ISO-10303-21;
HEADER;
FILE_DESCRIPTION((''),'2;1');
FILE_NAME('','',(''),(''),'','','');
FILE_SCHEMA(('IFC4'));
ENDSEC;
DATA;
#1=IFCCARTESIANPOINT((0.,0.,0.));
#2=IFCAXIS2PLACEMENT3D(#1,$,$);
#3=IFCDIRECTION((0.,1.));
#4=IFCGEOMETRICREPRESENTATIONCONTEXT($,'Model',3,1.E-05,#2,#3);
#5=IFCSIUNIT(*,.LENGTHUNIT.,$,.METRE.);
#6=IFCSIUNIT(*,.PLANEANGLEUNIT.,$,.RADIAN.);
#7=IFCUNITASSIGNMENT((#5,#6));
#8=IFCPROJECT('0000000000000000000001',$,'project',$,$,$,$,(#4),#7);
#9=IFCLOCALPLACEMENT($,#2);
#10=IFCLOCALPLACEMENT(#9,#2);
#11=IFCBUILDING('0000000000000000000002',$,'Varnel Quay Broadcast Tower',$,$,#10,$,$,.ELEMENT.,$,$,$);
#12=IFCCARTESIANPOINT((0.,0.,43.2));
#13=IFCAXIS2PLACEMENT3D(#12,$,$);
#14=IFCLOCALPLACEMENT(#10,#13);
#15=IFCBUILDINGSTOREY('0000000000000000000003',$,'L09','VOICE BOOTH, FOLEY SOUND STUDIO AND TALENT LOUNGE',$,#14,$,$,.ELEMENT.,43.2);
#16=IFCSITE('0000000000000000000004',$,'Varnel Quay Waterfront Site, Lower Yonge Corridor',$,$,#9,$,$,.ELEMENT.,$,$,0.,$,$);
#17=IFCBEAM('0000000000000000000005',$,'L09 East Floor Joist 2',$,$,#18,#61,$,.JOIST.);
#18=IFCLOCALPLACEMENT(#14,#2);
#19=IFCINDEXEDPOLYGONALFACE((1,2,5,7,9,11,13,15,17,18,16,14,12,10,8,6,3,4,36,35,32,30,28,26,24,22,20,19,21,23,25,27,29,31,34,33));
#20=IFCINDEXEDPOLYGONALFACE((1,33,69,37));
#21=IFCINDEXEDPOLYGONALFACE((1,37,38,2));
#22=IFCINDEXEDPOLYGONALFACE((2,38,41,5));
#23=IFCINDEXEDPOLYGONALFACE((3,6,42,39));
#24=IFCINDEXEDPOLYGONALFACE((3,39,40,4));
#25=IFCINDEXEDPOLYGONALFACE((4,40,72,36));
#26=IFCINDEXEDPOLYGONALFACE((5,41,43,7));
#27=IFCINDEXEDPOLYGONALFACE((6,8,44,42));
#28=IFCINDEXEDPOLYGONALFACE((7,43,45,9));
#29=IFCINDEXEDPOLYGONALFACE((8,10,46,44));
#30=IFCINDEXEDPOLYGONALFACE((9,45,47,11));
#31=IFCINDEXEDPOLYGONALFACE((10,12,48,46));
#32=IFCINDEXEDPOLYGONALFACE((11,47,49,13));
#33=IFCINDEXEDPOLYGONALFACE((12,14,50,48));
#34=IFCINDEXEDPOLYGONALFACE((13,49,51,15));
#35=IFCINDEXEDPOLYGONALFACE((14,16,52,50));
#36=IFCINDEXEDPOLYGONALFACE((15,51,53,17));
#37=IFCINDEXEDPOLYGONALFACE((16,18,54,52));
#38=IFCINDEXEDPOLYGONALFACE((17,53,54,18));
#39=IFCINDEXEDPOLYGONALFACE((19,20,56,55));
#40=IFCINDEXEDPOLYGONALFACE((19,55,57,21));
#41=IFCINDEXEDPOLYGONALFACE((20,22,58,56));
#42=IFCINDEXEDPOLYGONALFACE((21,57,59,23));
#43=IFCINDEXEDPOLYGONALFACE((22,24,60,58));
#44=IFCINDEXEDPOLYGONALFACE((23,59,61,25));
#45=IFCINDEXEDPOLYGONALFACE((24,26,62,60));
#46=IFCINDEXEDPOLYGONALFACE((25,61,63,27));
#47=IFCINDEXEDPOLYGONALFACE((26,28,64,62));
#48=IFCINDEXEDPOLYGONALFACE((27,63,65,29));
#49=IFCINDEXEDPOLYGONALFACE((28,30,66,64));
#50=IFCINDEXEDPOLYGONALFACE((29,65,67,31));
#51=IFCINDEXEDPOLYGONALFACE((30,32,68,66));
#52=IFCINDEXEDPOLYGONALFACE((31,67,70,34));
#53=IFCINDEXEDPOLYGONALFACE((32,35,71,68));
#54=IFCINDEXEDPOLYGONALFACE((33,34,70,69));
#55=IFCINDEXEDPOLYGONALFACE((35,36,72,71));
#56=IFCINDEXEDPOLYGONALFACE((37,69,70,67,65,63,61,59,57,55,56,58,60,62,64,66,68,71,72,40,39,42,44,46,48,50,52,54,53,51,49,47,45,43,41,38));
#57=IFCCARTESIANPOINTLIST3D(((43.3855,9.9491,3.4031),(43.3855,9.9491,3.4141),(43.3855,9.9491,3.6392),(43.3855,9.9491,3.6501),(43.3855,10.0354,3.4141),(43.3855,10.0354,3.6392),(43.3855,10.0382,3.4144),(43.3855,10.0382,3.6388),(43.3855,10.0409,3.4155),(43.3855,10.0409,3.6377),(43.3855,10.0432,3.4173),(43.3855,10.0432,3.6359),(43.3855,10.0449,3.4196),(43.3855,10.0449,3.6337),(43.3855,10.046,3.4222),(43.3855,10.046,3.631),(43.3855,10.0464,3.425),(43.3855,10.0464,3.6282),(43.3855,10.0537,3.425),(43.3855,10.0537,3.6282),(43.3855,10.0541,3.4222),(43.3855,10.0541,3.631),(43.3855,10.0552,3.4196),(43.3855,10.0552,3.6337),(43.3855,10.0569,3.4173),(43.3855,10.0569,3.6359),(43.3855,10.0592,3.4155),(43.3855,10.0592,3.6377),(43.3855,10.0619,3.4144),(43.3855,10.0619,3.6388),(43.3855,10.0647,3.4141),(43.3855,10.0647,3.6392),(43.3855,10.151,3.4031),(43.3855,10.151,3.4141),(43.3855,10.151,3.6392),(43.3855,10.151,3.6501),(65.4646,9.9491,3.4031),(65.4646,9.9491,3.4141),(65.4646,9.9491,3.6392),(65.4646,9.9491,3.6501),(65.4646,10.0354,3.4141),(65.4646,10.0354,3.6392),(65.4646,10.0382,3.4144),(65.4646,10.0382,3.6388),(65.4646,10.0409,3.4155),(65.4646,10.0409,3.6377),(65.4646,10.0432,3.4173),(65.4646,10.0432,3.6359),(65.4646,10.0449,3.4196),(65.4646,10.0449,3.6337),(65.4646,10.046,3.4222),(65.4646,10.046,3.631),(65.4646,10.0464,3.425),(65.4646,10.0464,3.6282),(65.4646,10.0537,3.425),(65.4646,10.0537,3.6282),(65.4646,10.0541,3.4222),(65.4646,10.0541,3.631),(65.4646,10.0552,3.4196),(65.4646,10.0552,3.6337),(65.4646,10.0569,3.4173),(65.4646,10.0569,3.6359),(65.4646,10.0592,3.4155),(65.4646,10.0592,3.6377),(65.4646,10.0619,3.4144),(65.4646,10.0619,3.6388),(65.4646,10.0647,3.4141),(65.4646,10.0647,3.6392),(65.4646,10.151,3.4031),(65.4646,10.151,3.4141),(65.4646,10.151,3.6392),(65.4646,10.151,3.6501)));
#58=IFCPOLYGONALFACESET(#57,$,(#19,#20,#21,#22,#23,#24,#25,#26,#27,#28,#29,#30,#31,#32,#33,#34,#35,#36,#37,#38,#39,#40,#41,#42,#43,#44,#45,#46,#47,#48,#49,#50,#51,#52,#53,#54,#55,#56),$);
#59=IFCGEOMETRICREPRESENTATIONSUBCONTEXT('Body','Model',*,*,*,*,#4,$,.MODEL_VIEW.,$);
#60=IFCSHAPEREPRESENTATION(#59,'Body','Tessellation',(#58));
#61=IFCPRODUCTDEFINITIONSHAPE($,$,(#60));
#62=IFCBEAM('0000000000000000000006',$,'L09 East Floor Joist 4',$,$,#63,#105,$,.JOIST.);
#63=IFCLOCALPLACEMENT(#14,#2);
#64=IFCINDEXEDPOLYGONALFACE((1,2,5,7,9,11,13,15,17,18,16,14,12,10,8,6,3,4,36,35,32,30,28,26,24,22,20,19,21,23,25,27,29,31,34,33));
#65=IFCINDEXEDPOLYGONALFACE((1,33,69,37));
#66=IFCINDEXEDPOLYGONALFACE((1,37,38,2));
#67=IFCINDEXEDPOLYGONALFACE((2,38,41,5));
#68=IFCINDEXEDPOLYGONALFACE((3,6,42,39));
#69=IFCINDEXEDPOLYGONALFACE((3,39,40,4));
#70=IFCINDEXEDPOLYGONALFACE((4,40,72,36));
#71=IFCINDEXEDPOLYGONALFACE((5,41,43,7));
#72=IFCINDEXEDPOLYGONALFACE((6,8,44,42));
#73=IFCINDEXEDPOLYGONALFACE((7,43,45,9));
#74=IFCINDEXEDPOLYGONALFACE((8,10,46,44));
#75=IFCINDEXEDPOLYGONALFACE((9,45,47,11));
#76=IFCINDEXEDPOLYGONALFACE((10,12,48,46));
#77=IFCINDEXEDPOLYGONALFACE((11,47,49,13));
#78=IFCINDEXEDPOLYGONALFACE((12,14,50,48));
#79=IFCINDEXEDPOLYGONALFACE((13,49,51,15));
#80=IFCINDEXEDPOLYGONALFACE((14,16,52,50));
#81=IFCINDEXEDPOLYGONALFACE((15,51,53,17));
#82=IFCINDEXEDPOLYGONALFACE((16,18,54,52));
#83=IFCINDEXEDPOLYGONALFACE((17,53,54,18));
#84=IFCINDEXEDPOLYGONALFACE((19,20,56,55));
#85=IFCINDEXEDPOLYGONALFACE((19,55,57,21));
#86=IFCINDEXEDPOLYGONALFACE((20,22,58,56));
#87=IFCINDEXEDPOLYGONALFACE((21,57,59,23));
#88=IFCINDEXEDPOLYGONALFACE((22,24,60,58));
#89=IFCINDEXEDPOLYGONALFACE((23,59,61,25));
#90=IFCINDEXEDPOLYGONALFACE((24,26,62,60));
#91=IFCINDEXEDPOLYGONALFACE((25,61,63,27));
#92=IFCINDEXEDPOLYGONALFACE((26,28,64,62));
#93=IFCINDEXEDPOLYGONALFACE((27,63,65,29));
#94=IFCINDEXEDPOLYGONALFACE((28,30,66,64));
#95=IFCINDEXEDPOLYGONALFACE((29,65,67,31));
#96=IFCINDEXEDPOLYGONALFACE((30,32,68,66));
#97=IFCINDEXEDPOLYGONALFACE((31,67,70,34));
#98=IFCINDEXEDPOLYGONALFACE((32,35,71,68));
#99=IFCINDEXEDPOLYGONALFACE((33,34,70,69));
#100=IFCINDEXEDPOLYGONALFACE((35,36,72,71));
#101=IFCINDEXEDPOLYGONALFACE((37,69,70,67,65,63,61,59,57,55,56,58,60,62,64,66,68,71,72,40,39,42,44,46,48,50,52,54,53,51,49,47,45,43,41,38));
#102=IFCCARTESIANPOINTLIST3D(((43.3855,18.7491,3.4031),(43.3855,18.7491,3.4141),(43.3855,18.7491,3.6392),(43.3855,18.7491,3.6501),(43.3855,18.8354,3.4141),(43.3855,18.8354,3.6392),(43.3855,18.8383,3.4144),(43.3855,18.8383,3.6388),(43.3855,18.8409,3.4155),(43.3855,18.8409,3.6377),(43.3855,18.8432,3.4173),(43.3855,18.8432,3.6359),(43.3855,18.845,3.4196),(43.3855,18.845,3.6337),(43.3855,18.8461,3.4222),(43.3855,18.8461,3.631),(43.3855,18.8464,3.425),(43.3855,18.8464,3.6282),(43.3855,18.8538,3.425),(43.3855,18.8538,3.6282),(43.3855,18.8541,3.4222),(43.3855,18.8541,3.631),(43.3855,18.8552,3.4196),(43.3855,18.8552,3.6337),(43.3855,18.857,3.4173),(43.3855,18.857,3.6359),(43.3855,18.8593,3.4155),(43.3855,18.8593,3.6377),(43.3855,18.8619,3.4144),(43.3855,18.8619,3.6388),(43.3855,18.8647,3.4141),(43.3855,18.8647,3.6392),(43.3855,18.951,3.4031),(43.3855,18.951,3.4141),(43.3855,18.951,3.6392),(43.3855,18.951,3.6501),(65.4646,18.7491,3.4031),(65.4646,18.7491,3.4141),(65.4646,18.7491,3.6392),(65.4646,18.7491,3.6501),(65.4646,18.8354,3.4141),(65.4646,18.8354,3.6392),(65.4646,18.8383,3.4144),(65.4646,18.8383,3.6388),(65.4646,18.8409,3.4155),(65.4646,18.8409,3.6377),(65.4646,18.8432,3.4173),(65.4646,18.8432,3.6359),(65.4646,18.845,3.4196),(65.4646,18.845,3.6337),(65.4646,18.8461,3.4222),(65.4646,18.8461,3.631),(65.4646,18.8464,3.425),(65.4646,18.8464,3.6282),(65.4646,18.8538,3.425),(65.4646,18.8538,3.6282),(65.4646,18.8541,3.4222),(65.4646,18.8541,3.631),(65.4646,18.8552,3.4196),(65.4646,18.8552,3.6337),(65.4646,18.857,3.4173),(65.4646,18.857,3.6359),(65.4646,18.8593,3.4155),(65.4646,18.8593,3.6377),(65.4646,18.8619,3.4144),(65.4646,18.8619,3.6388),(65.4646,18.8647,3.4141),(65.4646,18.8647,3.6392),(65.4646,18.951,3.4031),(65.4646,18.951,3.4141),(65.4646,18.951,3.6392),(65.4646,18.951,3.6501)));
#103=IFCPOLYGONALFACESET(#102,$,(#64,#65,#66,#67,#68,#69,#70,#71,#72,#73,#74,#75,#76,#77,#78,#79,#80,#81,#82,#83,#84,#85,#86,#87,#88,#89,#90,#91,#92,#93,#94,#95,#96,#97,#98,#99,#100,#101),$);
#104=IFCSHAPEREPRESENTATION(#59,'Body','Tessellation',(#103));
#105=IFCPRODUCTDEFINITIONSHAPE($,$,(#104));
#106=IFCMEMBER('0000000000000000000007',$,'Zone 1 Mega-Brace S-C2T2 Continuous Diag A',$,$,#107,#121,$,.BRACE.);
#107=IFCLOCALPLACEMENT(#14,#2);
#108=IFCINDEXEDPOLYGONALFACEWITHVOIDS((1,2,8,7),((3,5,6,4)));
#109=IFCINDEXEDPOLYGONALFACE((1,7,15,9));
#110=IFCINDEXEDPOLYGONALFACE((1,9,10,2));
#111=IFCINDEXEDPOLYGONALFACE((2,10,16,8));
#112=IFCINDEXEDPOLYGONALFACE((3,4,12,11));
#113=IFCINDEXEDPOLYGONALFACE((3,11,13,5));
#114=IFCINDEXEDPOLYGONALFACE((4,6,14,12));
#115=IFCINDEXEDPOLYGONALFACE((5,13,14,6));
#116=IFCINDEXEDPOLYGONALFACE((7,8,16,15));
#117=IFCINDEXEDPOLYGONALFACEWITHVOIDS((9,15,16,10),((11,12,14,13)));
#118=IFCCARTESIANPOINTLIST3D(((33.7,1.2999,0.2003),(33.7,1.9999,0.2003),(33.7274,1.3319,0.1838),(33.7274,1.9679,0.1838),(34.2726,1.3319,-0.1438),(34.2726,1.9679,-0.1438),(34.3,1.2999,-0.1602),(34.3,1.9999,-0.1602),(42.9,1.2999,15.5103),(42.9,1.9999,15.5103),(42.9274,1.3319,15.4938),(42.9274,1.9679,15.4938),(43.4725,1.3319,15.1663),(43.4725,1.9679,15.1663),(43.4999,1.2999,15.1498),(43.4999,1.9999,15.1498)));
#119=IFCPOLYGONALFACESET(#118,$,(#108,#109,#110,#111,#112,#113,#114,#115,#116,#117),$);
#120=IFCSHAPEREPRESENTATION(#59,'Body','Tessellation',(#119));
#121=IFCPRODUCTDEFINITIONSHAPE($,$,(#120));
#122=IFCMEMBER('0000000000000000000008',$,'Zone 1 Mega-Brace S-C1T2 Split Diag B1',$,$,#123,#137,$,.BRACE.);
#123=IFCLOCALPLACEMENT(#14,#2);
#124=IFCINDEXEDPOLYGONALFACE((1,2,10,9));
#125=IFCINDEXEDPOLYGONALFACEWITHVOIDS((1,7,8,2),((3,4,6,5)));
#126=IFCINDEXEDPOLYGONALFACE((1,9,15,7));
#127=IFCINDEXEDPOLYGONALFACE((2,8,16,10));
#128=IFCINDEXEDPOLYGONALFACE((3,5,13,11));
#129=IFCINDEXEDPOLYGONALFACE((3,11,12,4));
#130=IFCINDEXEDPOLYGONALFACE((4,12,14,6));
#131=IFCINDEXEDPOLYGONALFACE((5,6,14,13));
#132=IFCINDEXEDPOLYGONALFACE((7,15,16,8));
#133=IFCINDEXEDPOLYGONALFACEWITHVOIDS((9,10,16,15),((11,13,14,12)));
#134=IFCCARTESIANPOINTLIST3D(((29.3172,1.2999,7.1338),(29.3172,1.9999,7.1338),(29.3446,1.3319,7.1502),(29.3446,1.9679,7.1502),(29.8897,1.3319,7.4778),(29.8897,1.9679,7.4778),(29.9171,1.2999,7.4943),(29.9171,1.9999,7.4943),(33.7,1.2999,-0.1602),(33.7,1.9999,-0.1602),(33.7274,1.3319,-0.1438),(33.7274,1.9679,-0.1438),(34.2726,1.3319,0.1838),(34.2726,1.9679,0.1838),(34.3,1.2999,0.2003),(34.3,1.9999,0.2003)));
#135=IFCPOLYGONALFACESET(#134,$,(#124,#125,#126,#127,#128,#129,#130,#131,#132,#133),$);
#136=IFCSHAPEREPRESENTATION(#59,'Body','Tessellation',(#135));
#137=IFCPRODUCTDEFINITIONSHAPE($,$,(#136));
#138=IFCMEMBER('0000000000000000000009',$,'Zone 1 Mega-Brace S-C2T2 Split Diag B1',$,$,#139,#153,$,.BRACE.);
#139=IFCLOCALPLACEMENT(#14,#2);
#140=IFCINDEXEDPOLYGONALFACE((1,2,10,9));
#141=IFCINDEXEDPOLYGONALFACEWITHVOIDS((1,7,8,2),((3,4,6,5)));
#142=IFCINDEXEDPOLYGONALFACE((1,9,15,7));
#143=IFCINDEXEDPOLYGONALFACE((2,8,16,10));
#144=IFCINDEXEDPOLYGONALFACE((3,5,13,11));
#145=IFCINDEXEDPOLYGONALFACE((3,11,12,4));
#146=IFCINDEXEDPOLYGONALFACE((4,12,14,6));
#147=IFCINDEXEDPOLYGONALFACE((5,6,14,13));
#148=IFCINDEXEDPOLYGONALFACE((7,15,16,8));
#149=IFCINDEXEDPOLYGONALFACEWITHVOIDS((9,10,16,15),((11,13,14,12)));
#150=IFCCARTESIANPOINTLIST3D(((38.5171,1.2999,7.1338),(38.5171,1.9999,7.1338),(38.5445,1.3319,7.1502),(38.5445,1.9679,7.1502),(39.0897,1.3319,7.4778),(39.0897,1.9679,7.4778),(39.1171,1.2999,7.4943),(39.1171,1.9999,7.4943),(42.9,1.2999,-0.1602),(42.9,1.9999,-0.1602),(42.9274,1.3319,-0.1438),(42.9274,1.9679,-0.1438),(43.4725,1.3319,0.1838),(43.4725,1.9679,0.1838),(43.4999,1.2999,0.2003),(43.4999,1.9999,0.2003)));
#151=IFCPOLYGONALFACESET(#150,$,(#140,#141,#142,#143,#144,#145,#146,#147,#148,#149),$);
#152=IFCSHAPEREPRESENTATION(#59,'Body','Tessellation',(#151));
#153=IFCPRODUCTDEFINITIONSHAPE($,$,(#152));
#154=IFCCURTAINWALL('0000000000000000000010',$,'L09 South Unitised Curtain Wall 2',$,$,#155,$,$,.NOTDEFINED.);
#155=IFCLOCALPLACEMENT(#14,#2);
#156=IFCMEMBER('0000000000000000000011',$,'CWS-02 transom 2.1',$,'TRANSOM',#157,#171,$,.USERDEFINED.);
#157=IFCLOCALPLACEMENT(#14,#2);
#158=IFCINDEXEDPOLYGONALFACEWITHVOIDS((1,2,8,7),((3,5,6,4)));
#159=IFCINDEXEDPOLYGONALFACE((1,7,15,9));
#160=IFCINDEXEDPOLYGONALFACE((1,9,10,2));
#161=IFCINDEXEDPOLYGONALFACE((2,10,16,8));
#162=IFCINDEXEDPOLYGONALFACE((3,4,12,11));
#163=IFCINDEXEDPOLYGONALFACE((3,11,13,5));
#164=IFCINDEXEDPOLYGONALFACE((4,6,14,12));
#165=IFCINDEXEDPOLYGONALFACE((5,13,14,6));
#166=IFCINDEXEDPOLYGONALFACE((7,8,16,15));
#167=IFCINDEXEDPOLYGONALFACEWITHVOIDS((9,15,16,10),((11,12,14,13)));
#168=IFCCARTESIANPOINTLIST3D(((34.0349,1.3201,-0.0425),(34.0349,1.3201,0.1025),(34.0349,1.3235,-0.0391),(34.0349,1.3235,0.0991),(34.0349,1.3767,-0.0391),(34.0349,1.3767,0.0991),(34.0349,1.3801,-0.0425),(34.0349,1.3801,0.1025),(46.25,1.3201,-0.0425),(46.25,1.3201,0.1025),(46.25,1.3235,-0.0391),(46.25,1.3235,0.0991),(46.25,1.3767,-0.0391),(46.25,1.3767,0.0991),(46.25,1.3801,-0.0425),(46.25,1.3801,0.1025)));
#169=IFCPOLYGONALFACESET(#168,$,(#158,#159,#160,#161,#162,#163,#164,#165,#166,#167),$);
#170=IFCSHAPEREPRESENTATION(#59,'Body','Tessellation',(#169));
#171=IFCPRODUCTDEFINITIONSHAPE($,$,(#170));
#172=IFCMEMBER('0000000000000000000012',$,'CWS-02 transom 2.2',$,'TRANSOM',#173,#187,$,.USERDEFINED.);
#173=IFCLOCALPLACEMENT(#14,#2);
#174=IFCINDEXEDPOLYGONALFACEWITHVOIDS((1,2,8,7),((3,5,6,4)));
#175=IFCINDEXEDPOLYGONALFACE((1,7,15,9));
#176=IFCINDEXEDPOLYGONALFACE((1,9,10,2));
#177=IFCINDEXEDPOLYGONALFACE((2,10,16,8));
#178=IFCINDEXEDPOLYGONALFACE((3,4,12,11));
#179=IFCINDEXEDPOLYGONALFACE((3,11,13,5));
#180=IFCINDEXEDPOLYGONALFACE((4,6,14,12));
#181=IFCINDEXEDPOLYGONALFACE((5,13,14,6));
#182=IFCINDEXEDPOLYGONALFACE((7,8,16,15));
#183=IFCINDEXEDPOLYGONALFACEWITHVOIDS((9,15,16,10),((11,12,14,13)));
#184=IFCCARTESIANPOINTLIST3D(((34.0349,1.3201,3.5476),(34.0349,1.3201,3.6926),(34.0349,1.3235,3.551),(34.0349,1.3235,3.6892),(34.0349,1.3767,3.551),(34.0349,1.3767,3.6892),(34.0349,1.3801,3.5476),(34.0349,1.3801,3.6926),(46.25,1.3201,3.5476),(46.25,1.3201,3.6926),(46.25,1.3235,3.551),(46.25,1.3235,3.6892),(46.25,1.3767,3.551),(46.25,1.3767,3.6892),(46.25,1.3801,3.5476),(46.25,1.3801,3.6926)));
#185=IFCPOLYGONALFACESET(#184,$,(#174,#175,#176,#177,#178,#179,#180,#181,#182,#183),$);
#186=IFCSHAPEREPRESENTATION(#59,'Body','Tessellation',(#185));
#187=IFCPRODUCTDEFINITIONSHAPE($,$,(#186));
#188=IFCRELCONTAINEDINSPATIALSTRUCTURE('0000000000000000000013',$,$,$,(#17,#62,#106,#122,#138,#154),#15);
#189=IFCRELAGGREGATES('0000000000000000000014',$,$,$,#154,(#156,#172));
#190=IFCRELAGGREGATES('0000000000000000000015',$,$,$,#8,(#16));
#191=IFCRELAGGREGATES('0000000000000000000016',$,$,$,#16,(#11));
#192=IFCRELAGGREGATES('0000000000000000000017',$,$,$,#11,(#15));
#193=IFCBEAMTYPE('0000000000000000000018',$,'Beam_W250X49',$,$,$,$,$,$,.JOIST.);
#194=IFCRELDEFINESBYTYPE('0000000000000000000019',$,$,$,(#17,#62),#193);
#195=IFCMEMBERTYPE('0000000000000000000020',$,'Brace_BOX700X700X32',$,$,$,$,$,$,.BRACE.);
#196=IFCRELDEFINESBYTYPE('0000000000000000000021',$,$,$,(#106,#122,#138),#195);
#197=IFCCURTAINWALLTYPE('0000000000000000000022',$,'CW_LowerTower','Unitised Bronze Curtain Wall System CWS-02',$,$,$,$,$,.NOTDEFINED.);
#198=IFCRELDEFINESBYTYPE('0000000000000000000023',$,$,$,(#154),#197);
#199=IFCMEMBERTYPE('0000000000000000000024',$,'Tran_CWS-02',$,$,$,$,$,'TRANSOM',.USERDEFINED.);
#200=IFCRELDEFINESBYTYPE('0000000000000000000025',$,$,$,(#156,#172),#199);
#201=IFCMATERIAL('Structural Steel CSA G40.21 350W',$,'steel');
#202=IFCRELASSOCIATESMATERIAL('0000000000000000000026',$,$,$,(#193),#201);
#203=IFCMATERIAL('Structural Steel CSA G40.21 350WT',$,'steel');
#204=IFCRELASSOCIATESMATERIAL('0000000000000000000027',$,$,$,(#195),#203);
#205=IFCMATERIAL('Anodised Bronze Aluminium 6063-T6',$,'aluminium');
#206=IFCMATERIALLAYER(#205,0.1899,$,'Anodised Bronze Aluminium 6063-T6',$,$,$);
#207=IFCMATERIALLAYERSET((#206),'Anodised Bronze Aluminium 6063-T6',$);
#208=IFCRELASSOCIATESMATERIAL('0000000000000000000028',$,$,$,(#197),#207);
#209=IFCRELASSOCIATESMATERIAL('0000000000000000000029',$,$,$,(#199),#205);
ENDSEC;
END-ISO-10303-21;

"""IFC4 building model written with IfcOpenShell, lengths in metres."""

from ifc_helpers import new_model, si_unit, direction, frame, origin, origin_2d, place, context, subcontext, project, spatial, hollow_rectangle, i_section, extrude, source, transform, mapped, material, layer, layer_set, material_profile, profile_set, type_object, type_shapes, element, aggregate, save


model = new_model("IFC4")

# Units and contexts
model_context = context("Model", 3, precision=1e-05, world=origin(), true_north=direction((0.0, 1.0)))
body_context = subcontext(model_context, "Body", "Model", "MODEL_VIEW")
ifc_project = project(units=[si_unit("LENGTHUNIT", "METRE"), si_unit("PLANEANGLEUNIT", "RADIAN")], contexts=[model_context])

# Site, building, storey
site_placement = place(None, origin())
site = spatial("IfcSite", under=ifc_project, at=site_placement, Name="Varnel Quay Waterfront Site, Lower Yonge Corridor", CompositionType="ELEMENT", RefElevation=0.0)
building_placement = place(site_placement, origin())
building = spatial("IfcBuilding", under=site, at=building_placement, Name="Varnel Quay Broadcast Tower", CompositionType="ELEMENT")
storey_placement = place(building_placement, frame((0.0, 0.0, 43.2)))
storey = spatial("IfcBuildingStorey", under=building, at=storey_placement, Name="L09", Description="VOICE BOOTH, FOLEY SOUND STUDIO AND TALENT LOUNGE", CompositionType="ELEMENT", Elevation=43.2)

# Shared definitions
ifc_material_1 = material(Name="Structural Steel CSA G40.21 350W", Category="steel")

# Beams
ifc_material_profile_1 = material_profile(ifc_material_1, i_section(OverallWidth=0.2019, OverallDepth=0.2471, WebThickness=0.0073, FlangeThickness=0.011, FilletRadius=0.011, at=origin_2d()), Name="W250X49")
ifc_profile_set_1 = profile_set([ifc_material_profile_1], Name="Structural Steel CSA G40.21 350W")
beam_type_1 = type_object("IfcBeamType", Name="Beam_W250X49", PredefinedType="JOIST", material=ifc_profile_set_1)
shared_shape_1 = source(origin(), body_context, "Body", "SweptSolid", [
    extrude(i_section(OverallWidth=0.2019, OverallDepth=0.2471, WebThickness=0.0073, FlangeThickness=0.011, FilletRadius=0.011, at=origin_2d()), origin(), (0.0, 0.0, 1.0), 22.0791),
])
type_shapes(beam_type_1, [shared_shape_1])
for number, where, z_axis, x_axis, name in (
    (1, (43.3855, 10.05, 3.5266), (1.0, 0.0, 0.0), (0.0, 1.0, 0.0), "L09 East Floor Joist 2"),
    (2, (43.3855, 18.8501, 3.5266), (1.0, 0.0, 0.0), (0.0, 1.0, 0.0), "L09 East Floor Joist 4"),
):
    element("IfcBeam", number, at=place(storey_placement, frame(where, z_axis=z_axis, x_axis=x_axis)), inside=storey, type_object=beam_type_1, Name=name, PredefinedType="JOIST", context=body_context, shape_type="MappedRepresentation", body=[
        mapped(shared_shape_1, transform((0.0, 0.0, 0.0), x_axis=(1.0, 0.0, 0.0), y_axis=(0.0, 1.0, 0.0), z_axis=(0.0, 0.0, 1.0), scale=1.0)),
    ])

# Members
ifc_material_2 = material(Name="Structural Steel CSA G40.21 350WT", Category="steel")
ifc_material_profile_2 = material_profile(ifc_material_2, hollow_rectangle(XDim=0.7, YDim=0.7, WallThickness=0.032, at=origin_2d()), Name="BOX700X700X32")
ifc_profile_set_2 = profile_set([ifc_material_profile_2], Name="Structural Steel CSA G40.21 350WT")
member_type_1 = type_object("IfcMemberType", Name="Brace_BOX700X700X32", PredefinedType="BRACE", material=ifc_profile_set_2)
shared_shape_2 = source(origin(), body_context, "Body", "SweptSolid", [
    extrude(hollow_rectangle(XDim=0.7, YDim=0.7, WallThickness=0.032, at=origin_2d()), origin(), (0.0, 0.0, 1.0), 17.8616),
])
member_1_placement = place(storey_placement, frame((34.0, 1.6499, 0.02), z_axis=(0.515069, 0.0, 0.857149), x_axis=(0.0, 1.0, 0.0)))
element("IfcMember", 3, at=member_1_placement, inside=storey, type_object=member_type_1, Name="Zone 1 Mega-Brace S-C2T2 Continuous Diag A", PredefinedType="BRACE", context=body_context, shape_type="MappedRepresentation", body=[
    mapped(shared_shape_2, transform((0.0, 0.0, 0.0), x_axis=(1.0, 0.0, 0.0), y_axis=(0.0, 1.0, 0.0), z_axis=(0.0, 0.0, 1.0), scale=1.0)),
])
shared_shape_3 = source(origin(), body_context, "Body", "SweptSolid", [
    extrude(hollow_rectangle(XDim=0.7, YDim=0.7, WallThickness=0.032, at=origin_2d()), origin(), (0.0, 0.0, 1.0), 8.5095),
])
type_shapes(member_type_1, [shared_shape_2, shared_shape_3])
for number, where, z_axis, x_axis, name in (
    (4, (34.0, 1.6499, 0.02), (-0.515053, 0.0, 0.857159), (0.0, -1.0, 0.0), "Zone 1 Mega-Brace S-C1T2 Split Diag B1"),
    (5, (43.2, 1.6499, 0.02), (-0.515053, 0.0, 0.857159), (0.0, -1.0, 0.0), "Zone 1 Mega-Brace S-C2T2 Split Diag B1"),
):
    element("IfcMember", number, at=place(storey_placement, frame(where, z_axis=z_axis, x_axis=x_axis)), inside=storey, type_object=member_type_1, Name=name, PredefinedType="BRACE", context=body_context, shape_type="MappedRepresentation", body=[
        mapped(shared_shape_3, transform((0.0, 0.0, 0.0), x_axis=(1.0, 0.0, 0.0), y_axis=(0.0, 1.0, 0.0), z_axis=(0.0, 0.0, 1.0), scale=1.0)),
    ])

# Curtain wall, members
ifc_material_3 = material(Name="Anodised Bronze Aluminium 6063-T6", Category="aluminium")
ifc_layer_1 = layer(ifc_material_3, 0.1899, Name="Anodised Bronze Aluminium 6063-T6")
ifc_layer_set_1 = layer_set([ifc_layer_1], Name="Anodised Bronze Aluminium 6063-T6")
curtain_wall_type = type_object("IfcCurtainWallType", Name="CW_LowerTower", Description="Unitised Bronze Curtain Wall System CWS-02", PredefinedType="NOTDEFINED", material=ifc_layer_set_1)
curtain_wall_1_placement = place(storey_placement, origin())
curtain_wall_1 = element("IfcCurtainWall", 6, at=curtain_wall_1_placement, inside=storey, type_object=curtain_wall_type, Name="L09 South Unitised Curtain Wall 2", PredefinedType="NOTDEFINED")
ifc_material_profile_3 = material_profile(ifc_material_3, hollow_rectangle(XDim=0.0601, YDim=0.145, WallThickness=0.0034, at=origin_2d()), Name="ALU60X145X3.5")
ifc_profile_set_3 = profile_set([ifc_material_profile_3], Name="Anodised Bronze Aluminium 6063-T6")
member_type_2 = type_object("IfcMemberType", Name="Tran_CWS-02", ElementType="TRANSOM", PredefinedType="USERDEFINED", material=ifc_profile_set_3)
shared_shape_4 = source(origin(), body_context, "Body", "SweptSolid", [
    extrude(hollow_rectangle(XDim=0.0601, YDim=0.145, WallThickness=0.0034, at=origin_2d()), origin(), (0.0, 0.0, 1.0), 12.2151),
])
type_shapes(member_type_2, [shared_shape_4])
member_2_placement = place(storey_placement, frame((34.0349, 1.3501, 0.03), z_axis=(1.0, 0.0, 0.0), x_axis=(0.0, 1.0, 0.0)))
member_2 = element("IfcMember", 7, at=member_2_placement, type_object=member_type_2, Name="CWS-02 transom 2.1", ObjectType="TRANSOM", PredefinedType="USERDEFINED", context=body_context, shape_type="MappedRepresentation", body=[
    mapped(shared_shape_4, transform((0.0, 0.0, 0.0), x_axis=(1.0, 0.0, 0.0), y_axis=(0.0, 1.0, 0.0), z_axis=(0.0, 0.0, 1.0), scale=1.0)),
])
member_3_placement = place(storey_placement, frame((34.0349, 1.3501, 3.6201), z_axis=(1.0, 0.0, 0.0), x_axis=(0.0, 1.0, 0.0)))
member_3 = element("IfcMember", 8, at=member_3_placement, type_object=member_type_2, Name="CWS-02 transom 2.2", ObjectType="TRANSOM", PredefinedType="USERDEFINED", context=body_context, shape_type="MappedRepresentation", body=[
    mapped(shared_shape_4, transform((0.0, 0.0, 0.0), x_axis=(1.0, 0.0, 0.0), y_axis=(0.0, 1.0, 0.0), z_axis=(0.0, 0.0, 1.0), scale=1.0)),
])

aggregate(curtain_wall_1, [member_2, member_3])

save(model, "model.ifc")
